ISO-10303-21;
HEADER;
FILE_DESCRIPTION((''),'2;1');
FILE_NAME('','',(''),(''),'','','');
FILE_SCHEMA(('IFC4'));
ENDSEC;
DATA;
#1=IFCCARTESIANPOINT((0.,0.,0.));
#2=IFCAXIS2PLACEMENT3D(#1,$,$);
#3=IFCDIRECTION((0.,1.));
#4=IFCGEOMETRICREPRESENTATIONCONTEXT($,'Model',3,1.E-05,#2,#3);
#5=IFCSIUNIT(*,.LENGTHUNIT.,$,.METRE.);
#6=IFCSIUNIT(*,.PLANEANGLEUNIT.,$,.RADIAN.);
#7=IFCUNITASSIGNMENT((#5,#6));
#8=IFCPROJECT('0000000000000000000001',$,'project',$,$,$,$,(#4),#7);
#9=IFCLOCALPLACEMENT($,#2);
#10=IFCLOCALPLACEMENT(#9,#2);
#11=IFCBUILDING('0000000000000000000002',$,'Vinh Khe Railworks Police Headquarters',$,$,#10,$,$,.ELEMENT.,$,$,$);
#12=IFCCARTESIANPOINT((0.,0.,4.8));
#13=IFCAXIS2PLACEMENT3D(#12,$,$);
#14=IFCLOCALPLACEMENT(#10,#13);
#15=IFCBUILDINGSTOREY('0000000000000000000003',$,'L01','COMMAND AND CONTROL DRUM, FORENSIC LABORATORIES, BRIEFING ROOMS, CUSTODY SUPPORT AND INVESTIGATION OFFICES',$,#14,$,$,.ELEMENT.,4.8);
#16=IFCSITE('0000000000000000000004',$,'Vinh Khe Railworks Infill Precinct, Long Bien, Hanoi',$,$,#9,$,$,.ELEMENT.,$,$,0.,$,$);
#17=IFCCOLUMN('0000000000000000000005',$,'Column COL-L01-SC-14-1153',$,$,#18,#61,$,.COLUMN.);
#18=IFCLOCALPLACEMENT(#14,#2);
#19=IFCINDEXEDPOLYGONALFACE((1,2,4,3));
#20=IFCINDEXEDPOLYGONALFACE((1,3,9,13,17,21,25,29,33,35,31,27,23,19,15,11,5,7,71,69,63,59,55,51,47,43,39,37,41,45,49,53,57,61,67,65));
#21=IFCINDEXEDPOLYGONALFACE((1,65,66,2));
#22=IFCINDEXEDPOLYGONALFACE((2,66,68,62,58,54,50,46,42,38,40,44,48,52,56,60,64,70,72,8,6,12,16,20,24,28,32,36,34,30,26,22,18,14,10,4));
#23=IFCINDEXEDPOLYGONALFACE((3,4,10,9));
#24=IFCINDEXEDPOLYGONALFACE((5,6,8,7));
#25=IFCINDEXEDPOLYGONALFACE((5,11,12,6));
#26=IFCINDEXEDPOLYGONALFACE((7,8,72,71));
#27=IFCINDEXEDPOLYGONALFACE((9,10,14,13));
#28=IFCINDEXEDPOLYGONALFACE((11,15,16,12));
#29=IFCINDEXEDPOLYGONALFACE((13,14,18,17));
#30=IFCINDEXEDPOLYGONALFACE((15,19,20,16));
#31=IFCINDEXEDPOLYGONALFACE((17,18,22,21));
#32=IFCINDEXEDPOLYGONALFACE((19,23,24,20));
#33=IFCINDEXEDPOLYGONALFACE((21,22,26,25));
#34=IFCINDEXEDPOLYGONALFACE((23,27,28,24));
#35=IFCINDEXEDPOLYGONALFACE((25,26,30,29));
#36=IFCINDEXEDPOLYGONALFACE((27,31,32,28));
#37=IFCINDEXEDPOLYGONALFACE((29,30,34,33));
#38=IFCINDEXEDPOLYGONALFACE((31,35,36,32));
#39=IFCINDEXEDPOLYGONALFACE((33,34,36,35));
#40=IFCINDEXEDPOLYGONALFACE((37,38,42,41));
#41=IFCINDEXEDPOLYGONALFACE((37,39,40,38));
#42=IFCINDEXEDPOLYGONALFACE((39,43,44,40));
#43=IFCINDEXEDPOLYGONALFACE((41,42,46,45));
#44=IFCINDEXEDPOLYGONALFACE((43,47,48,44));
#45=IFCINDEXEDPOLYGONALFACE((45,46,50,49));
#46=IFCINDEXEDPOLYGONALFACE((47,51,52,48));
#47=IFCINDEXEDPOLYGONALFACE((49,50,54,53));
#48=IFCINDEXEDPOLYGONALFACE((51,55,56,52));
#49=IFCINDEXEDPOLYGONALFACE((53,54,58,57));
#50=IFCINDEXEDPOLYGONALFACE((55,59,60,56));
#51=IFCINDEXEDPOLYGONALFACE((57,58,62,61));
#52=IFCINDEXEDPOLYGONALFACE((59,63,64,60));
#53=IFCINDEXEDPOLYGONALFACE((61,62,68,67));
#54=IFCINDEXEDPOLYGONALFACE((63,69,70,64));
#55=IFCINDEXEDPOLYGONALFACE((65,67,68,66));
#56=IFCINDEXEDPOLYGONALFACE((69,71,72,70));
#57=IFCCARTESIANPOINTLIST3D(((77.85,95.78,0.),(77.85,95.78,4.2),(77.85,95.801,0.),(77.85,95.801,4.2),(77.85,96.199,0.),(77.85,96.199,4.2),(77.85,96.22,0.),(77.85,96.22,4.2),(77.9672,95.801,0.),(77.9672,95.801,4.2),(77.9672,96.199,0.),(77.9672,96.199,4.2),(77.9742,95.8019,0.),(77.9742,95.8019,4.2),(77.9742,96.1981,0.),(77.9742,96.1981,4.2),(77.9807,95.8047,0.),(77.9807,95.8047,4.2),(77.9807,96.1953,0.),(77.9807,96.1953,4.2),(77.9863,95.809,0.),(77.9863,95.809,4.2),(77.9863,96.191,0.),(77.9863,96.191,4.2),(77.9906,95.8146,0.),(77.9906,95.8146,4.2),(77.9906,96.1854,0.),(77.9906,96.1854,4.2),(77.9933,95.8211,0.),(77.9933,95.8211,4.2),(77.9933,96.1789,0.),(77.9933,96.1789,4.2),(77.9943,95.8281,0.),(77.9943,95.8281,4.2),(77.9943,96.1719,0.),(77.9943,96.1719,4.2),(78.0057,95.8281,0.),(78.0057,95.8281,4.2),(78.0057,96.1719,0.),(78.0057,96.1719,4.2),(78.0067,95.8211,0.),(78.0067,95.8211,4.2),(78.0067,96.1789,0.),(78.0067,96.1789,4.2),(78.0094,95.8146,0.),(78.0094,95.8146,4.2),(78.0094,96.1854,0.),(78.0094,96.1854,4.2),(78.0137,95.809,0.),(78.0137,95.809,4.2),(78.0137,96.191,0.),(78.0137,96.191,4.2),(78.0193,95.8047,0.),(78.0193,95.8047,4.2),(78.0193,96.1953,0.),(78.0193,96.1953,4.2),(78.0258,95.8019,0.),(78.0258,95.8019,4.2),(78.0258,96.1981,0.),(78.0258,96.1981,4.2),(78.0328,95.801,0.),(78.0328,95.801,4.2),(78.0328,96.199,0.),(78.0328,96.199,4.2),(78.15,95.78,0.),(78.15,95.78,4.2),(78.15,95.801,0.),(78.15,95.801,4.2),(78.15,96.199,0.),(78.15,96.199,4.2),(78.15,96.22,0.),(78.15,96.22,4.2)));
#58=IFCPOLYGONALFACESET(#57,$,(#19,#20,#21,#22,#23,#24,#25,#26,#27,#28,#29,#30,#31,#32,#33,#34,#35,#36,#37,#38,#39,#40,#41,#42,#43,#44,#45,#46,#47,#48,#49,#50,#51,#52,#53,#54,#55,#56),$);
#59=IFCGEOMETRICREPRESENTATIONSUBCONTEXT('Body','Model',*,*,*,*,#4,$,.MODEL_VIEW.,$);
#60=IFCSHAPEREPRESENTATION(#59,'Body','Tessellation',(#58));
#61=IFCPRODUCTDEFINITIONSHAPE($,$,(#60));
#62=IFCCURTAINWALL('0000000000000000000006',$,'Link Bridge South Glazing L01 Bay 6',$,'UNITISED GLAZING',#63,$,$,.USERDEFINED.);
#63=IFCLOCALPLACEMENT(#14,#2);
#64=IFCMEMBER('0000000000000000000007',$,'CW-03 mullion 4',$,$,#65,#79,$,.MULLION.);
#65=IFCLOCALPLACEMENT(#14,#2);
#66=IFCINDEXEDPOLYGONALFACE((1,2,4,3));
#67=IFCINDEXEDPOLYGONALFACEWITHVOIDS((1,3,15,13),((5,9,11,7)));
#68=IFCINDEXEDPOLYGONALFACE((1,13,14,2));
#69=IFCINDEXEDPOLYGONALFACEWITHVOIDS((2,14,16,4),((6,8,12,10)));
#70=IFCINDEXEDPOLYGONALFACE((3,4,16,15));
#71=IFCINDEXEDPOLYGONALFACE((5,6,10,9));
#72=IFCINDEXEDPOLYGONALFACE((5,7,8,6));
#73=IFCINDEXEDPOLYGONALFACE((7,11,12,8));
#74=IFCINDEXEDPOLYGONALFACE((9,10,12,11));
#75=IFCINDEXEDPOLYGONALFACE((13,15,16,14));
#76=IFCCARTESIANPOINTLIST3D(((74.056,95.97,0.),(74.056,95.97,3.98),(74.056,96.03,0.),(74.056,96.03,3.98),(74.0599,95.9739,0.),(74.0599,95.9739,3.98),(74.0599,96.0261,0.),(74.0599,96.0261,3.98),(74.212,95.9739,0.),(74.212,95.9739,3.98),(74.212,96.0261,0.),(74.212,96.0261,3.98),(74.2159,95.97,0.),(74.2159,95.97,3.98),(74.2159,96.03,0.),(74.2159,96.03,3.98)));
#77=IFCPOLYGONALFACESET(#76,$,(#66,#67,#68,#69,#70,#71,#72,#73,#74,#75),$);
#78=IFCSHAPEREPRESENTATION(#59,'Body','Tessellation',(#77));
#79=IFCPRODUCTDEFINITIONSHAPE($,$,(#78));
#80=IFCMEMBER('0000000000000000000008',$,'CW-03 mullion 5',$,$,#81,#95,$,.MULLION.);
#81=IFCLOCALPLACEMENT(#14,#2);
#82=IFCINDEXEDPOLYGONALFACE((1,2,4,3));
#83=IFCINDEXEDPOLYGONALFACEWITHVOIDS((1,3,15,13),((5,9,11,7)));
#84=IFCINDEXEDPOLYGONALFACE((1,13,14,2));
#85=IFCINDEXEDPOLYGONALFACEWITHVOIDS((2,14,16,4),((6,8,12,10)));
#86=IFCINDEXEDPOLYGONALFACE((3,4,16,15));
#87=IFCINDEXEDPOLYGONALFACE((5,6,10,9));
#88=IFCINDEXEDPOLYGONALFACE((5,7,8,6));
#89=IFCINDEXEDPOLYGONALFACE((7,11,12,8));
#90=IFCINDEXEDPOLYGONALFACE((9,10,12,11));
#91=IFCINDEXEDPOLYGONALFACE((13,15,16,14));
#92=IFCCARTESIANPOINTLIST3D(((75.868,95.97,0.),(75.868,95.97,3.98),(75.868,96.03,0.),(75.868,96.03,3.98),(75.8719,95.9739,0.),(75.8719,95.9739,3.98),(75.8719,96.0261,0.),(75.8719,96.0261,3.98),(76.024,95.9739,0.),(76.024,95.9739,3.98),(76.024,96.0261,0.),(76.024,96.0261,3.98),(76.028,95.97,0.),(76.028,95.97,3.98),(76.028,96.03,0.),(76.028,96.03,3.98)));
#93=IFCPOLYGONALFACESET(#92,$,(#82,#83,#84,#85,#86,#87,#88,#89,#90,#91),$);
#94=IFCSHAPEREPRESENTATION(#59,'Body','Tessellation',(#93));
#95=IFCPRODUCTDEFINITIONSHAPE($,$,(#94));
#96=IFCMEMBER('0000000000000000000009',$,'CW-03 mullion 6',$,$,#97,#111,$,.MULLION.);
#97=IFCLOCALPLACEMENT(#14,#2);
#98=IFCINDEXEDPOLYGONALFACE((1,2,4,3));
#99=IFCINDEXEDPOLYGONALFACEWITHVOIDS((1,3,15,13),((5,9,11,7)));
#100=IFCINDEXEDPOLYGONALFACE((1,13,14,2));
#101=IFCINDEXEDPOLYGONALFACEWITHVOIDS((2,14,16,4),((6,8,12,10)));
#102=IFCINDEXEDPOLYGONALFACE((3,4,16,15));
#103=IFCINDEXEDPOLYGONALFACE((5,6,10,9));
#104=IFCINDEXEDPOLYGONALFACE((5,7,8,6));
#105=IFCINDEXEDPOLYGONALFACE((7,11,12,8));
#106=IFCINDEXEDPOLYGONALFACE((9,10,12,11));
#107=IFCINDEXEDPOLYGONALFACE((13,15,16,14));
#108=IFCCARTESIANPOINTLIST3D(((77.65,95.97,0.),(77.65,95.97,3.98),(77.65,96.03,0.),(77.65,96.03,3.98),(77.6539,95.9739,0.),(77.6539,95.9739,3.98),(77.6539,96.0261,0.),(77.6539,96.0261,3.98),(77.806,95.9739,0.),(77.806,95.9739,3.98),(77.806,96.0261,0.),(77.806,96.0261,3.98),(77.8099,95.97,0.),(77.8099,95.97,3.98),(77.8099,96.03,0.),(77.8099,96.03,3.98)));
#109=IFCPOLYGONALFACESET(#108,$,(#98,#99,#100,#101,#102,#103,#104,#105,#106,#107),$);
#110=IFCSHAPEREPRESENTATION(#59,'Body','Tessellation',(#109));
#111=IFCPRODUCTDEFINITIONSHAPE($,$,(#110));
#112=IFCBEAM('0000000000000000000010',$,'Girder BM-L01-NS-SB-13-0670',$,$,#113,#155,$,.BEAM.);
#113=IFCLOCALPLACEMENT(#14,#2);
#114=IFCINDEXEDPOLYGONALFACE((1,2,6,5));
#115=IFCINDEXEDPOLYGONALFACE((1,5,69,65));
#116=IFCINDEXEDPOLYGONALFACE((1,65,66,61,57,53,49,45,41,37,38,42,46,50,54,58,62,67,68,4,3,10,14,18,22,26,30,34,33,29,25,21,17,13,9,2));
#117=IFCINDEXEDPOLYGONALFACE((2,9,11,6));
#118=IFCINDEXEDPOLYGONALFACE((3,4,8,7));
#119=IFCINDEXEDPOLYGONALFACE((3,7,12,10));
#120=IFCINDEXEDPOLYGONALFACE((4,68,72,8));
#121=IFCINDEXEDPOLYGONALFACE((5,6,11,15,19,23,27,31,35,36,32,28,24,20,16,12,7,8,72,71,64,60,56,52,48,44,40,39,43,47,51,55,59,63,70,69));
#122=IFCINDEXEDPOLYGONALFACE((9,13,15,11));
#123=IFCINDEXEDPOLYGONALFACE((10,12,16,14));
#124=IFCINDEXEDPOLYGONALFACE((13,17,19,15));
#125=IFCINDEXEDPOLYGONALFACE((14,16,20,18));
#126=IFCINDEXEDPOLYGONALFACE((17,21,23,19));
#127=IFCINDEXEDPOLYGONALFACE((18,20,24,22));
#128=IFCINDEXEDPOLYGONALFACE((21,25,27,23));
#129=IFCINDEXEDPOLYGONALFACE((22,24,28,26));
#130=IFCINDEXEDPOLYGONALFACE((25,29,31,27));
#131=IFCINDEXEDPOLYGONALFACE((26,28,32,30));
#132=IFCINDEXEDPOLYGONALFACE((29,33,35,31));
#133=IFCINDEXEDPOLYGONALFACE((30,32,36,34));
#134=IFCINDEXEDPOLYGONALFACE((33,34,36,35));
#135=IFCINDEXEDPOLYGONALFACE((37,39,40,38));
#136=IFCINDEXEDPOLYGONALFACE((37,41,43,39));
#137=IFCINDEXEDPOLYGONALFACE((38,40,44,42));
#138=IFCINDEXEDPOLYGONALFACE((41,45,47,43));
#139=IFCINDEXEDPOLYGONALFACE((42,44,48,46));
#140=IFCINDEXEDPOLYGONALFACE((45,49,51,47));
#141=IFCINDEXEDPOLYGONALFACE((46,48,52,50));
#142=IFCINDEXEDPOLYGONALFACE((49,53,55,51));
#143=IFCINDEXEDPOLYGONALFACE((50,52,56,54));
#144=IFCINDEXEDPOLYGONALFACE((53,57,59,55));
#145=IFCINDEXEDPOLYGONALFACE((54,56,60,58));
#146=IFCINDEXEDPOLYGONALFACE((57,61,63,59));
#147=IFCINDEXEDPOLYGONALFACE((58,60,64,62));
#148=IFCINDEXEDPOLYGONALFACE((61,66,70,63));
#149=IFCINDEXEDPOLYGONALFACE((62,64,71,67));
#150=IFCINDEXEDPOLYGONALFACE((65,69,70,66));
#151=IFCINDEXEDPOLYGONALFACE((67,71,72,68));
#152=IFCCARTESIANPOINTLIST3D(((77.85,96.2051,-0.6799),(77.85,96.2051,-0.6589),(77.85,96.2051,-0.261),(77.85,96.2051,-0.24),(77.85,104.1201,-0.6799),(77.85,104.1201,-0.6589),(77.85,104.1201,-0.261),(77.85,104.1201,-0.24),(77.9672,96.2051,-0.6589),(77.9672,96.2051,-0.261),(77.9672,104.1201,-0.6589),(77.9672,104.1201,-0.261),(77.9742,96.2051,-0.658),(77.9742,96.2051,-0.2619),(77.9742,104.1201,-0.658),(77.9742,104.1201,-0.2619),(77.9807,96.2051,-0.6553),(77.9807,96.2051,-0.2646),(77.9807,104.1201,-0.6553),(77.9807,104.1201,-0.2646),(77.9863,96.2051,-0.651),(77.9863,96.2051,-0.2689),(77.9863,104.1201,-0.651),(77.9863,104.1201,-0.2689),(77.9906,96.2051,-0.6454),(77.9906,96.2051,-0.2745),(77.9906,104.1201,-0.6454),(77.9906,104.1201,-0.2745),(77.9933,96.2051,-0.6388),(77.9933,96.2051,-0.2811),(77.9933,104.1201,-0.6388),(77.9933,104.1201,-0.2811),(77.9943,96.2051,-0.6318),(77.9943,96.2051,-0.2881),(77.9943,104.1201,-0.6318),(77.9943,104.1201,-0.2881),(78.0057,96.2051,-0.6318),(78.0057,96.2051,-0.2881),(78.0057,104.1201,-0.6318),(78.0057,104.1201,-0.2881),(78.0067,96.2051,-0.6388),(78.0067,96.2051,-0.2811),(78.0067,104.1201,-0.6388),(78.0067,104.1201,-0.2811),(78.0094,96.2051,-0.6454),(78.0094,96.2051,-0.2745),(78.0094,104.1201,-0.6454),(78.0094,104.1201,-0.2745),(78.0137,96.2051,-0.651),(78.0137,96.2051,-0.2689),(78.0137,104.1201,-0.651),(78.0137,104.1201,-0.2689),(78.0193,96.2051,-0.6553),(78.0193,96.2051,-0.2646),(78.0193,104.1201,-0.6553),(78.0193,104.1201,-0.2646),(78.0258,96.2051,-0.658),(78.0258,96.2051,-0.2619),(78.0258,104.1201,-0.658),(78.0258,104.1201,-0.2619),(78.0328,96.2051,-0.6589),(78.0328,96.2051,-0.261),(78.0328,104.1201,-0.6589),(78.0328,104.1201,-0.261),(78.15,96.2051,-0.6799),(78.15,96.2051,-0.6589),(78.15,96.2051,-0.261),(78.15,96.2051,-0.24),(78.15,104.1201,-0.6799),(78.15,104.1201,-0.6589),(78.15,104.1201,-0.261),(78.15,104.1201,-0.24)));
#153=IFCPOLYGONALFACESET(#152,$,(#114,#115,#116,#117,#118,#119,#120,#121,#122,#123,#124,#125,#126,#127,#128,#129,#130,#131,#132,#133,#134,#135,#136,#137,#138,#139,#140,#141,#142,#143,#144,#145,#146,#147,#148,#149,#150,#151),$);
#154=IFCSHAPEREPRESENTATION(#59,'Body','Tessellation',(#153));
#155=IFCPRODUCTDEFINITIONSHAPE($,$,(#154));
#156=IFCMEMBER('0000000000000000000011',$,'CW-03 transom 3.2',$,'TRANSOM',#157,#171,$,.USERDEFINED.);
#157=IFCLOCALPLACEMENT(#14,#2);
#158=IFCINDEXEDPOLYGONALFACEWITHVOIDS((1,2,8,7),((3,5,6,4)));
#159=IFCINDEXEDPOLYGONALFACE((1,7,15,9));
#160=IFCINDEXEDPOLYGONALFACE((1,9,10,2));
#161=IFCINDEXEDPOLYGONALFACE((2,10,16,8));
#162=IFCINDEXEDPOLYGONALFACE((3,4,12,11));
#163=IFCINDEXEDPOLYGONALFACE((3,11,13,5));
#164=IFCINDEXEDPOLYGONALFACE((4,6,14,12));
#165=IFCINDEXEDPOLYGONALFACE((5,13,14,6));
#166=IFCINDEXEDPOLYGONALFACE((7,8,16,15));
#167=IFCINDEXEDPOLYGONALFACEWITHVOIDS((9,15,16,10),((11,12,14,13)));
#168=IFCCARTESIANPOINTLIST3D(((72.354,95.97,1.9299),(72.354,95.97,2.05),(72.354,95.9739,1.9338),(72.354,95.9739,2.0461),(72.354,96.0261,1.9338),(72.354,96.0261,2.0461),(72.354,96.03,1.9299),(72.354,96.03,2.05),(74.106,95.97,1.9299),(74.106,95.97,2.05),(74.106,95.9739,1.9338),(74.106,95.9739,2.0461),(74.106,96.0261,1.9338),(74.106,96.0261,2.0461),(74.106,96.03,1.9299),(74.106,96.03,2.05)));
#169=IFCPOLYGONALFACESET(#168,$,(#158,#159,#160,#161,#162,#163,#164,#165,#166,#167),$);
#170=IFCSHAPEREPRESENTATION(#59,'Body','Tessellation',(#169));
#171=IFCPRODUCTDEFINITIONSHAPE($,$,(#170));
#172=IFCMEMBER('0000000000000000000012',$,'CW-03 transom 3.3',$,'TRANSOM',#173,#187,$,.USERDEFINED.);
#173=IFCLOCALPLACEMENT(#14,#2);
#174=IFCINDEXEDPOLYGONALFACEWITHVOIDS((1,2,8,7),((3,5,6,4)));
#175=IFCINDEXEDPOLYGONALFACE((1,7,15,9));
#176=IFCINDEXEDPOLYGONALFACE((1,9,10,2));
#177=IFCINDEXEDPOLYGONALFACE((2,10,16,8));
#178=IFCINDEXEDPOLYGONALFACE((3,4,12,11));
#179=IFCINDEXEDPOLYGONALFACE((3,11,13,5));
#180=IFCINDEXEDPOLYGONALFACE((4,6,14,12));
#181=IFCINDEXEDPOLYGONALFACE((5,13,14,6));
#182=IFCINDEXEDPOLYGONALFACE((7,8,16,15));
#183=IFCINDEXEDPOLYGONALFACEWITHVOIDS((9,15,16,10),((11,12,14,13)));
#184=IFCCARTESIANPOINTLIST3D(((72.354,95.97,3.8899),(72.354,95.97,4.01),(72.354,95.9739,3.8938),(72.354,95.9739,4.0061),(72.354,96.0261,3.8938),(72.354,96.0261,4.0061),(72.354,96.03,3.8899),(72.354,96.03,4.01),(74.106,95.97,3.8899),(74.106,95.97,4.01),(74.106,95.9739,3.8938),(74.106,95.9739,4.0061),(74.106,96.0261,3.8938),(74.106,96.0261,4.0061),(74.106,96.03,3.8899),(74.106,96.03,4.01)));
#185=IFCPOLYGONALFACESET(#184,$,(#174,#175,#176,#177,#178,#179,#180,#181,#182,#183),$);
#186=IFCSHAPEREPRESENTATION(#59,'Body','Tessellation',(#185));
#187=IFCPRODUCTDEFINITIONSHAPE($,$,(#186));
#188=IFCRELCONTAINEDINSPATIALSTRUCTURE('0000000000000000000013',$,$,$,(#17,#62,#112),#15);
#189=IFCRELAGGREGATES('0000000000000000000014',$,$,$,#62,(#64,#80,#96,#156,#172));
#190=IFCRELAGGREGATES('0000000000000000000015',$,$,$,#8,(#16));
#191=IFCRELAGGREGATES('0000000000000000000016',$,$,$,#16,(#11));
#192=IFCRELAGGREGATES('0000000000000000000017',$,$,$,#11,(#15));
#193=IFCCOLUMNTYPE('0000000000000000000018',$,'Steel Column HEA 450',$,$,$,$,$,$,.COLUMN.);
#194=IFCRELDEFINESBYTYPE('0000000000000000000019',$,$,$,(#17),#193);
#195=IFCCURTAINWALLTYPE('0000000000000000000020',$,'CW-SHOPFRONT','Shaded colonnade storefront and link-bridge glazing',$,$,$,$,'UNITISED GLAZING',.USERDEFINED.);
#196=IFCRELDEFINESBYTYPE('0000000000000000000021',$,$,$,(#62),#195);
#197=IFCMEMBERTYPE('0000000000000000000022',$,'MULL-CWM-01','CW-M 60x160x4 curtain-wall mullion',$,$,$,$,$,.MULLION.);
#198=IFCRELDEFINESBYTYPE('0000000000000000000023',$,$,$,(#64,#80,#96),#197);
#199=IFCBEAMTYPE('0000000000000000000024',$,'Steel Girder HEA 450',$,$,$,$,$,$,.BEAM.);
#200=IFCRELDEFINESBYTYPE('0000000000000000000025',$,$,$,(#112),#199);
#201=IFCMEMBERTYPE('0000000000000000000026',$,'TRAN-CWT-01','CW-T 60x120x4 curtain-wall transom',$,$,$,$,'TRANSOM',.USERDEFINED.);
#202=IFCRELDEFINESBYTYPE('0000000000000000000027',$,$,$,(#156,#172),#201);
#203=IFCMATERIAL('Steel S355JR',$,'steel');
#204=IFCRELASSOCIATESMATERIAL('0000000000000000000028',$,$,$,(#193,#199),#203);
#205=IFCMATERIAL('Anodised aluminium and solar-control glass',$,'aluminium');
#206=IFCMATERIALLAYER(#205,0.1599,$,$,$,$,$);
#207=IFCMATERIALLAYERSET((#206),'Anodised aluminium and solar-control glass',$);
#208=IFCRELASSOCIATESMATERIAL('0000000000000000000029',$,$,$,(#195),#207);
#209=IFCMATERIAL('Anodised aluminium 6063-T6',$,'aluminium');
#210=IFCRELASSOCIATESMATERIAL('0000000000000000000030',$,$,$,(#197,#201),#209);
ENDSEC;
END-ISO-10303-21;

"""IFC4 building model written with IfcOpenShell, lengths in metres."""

from ifc_helpers import new_model, si_unit, direction, frame, origin, origin_2d, place, context, subcontext, project, spatial, hollow_rectangle, i_section, extrude, material, layer, layer_set, material_profile, profile_set, type_object, element, aggregate, save


model = new_model("IFC4")

# Units and contexts
model_context = context("Model", 3, precision=1e-05, world=origin(), true_north=direction((0.0, 1.0)))
body_context = subcontext(model_context, "Body", "Model", "MODEL_VIEW")
ifc_project = project(units=[si_unit("LENGTHUNIT", "METRE"), si_unit("PLANEANGLEUNIT", "RADIAN")], contexts=[model_context])

# Site, building, storey
site_placement = place(None, origin())
site = spatial("IfcSite", under=ifc_project, at=site_placement, Name="Vinh Khe Railworks Infill Precinct, Long Bien, Hanoi", CompositionType="ELEMENT", RefElevation=0.0)
building_placement = place(site_placement, origin())
building = spatial("IfcBuilding", under=site, at=building_placement, Name="Vinh Khe Railworks Police Headquarters", CompositionType="ELEMENT")
storey_placement = place(building_placement, frame((0.0, 0.0, 4.8)))
storey = spatial("IfcBuildingStorey", under=building, at=storey_placement, Name="L01", Description="COMMAND AND CONTROL DRUM, FORENSIC LABORATORIES, BRIEFING ROOMS, CUSTODY SUPPORT AND INVESTIGATION OFFICES", CompositionType="ELEMENT", Elevation=4.8)

# Column
ifc_material_1 = material(Name="Steel S355JR", Category="steel")
ifc_material_profile_1 = material_profile(ifc_material_1, i_section(OverallWidth=0.3, OverallDepth=0.4399, WebThickness=0.0115, FlangeThickness=0.021, FilletRadius=0.0271, at=origin_2d()), Name="HEA 450")
ifc_profile_set_1 = profile_set([ifc_material_profile_1], Name="Steel S355JR")
column_type = type_object("IfcColumnType", Name="Steel Column HEA 450", PredefinedType="COLUMN", material=ifc_profile_set_1)
column_placement = place(storey_placement, frame((78.0, 96.0, 0.0), z_axis=(0.0, 0.0, 1.0), x_axis=(1.0, 0.0, 0.0)))
element("IfcColumn", 1, at=column_placement, inside=storey, type_object=column_type, Name="Column COL-L01-SC-14-1153", PredefinedType="COLUMN", context=body_context, shape_type="SweptSolid", body=[
    extrude(i_section(OverallWidth=0.3, OverallDepth=0.4399, WebThickness=0.0115, FlangeThickness=0.021, FilletRadius=0.0271, at=origin_2d()), origin(), (0.0, 0.0, 1.0), 4.2),
])

# Curtain wall, members
ifc_material_2 = material(Name="Anodised aluminium and solar-control glass", Category="aluminium")
ifc_layer_1 = layer(ifc_material_2, 0.1599)
ifc_layer_set_1 = layer_set([ifc_layer_1], Name="Anodised aluminium and solar-control glass")
curtain_wall_type = type_object("IfcCurtainWallType", Name="CW-SHOPFRONT", Description="Shaded colonnade storefront and link-bridge glazing", ElementType="UNITISED GLAZING", PredefinedType="USERDEFINED", material=ifc_layer_set_1)
curtain_wall_placement = place(storey_placement, origin())
curtain_wall = element("IfcCurtainWall", 2, at=curtain_wall_placement, inside=storey, type_object=curtain_wall_type, Name="Link Bridge South Glazing L01 Bay 6", ObjectType="UNITISED GLAZING", PredefinedType="USERDEFINED")
ifc_material_3 = material(Name="Anodised aluminium 6063-T6", Category="aluminium")
ifc_material_profile_2 = material_profile(ifc_material_3, hollow_rectangle(XDim=0.0601, YDim=0.1599, WallThickness=0.0039, at=origin_2d()), Name="CW-M 60x160x4")
ifc_profile_set_2 = profile_set([ifc_material_profile_2], Name="Anodised aluminium 6063-T6")
member_type_1 = type_object("IfcMemberType", Name="MULL-CWM-01", Description="CW-M 60x160x4 curtain-wall mullion", PredefinedType="MULLION", material=ifc_profile_set_2)
member_1_placement = place(storey_placement, frame((74.136, 96.0, 0.0), z_axis=(0.0, 0.0, 1.0), x_axis=(0.0, 1.0, 0.0)))
member_1 = element("IfcMember", 3, at=member_1_placement, type_object=member_type_1, Name="CW-03 mullion 4", PredefinedType="MULLION", context=body_context, shape_type="SweptSolid", body=[
    extrude(hollow_rectangle(XDim=0.0601, YDim=0.1599, WallThickness=0.0039, at=origin_2d()), origin(), (0.0, 0.0, 1.0), 3.98),
])
member_2_placement = place(storey_placement, frame((75.948, 96.0, 0.0), z_axis=(0.0, 0.0, 1.0), x_axis=(0.0, 1.0, 0.0)))
member_2 = element("IfcMember", 4, at=member_2_placement, type_object=member_type_1, Name="CW-03 mullion 5", PredefinedType="MULLION", context=body_context, shape_type="SweptSolid", body=[
    extrude(hollow_rectangle(XDim=0.0601, YDim=0.1599, WallThickness=0.0039, at=origin_2d()), origin(), (0.0, 0.0, 1.0), 3.98),
])
member_3_placement = place(storey_placement, frame((77.73, 96.0, 0.0), z_axis=(0.0, 0.0, 1.0), x_axis=(0.0, 1.0, 0.0)))
member_3 = element("IfcMember", 5, at=member_3_placement, type_object=member_type_1, Name="CW-03 mullion 6", PredefinedType="MULLION", context=body_context, shape_type="SweptSolid", body=[
    extrude(hollow_rectangle(XDim=0.0601, YDim=0.1599, WallThickness=0.0039, at=origin_2d()), origin(), (0.0, 0.0, 1.0), 3.98),
])

# Beam
ifc_material_profile_3 = material_profile(ifc_material_1, i_section(OverallWidth=0.3, OverallDepth=0.4399, WebThickness=0.0115, FlangeThickness=0.021, FilletRadius=0.0271, at=origin_2d()), Name="HEA 450")
ifc_profile_set_3 = profile_set([ifc_material_profile_3], Name="Steel S355JR")
beam_type = type_object("IfcBeamType", Name="Steel Girder HEA 450", PredefinedType="BEAM", material=ifc_profile_set_3)
beam_placement = place(storey_placement, frame((78.0, 96.2051, -0.46), z_axis=(0.0, 1.0, 0.0), x_axis=(-1.0, 0.0, 0.0)))
element("IfcBeam", 6, at=beam_placement, inside=storey, type_object=beam_type, Name="Girder BM-L01-NS-SB-13-0670", PredefinedType="BEAM", context=body_context, shape_type="SweptSolid", body=[
    extrude(i_section(OverallWidth=0.3, OverallDepth=0.4399, WebThickness=0.0115, FlangeThickness=0.021, FilletRadius=0.0271, at=origin_2d()), origin(), (0.0, 0.0, 1.0), 7.915),
])

# Members
ifc_material_profile_4 = material_profile(ifc_material_3, hollow_rectangle(XDim=0.0601, YDim=0.1201, WallThickness=0.0039, at=origin_2d()), Name="CW-T 60x120x4")
ifc_profile_set_4 = profile_set([ifc_material_profile_4], Name="Anodised aluminium 6063-T6")
member_type_2 = type_object("IfcMemberType", Name="TRAN-CWT-01", Description="CW-T 60x120x4 curtain-wall transom", ElementType="TRANSOM", PredefinedType="USERDEFINED", material=ifc_profile_set_4)
member_4_placement = place(storey_placement, frame((72.354, 96.0, 1.99), z_axis=(1.0, 0.0, 0.0), x_axis=(0.0, 1.0, 0.0)))
member_4 = element("IfcMember", 7, at=member_4_placement, type_object=member_type_2, Name="CW-03 transom 3.2", ObjectType="TRANSOM", PredefinedType="USERDEFINED", context=body_context, shape_type="SweptSolid", body=[
    extrude(hollow_rectangle(XDim=0.0601, YDim=0.1201, WallThickness=0.0039, at=origin_2d()), origin(), (0.0, 0.0, 1.0), 1.752),
])
member_5_placement = place(storey_placement, frame((72.354, 96.0, 3.95), z_axis=(1.0, 0.0, 0.0), x_axis=(0.0, 1.0, 0.0)))
member_5 = element("IfcMember", 8, at=member_5_placement, type_object=member_type_2, Name="CW-03 transom 3.3", ObjectType="TRANSOM", PredefinedType="USERDEFINED", context=body_context, shape_type="SweptSolid", body=[
    extrude(hollow_rectangle(XDim=0.0601, YDim=0.1201, WallThickness=0.0039, at=origin_2d()), origin(), (0.0, 0.0, 1.0), 1.752),
])

aggregate(curtain_wall, [member_1, member_2, member_3, member_4, member_5])

save(model, "model.ifc")
